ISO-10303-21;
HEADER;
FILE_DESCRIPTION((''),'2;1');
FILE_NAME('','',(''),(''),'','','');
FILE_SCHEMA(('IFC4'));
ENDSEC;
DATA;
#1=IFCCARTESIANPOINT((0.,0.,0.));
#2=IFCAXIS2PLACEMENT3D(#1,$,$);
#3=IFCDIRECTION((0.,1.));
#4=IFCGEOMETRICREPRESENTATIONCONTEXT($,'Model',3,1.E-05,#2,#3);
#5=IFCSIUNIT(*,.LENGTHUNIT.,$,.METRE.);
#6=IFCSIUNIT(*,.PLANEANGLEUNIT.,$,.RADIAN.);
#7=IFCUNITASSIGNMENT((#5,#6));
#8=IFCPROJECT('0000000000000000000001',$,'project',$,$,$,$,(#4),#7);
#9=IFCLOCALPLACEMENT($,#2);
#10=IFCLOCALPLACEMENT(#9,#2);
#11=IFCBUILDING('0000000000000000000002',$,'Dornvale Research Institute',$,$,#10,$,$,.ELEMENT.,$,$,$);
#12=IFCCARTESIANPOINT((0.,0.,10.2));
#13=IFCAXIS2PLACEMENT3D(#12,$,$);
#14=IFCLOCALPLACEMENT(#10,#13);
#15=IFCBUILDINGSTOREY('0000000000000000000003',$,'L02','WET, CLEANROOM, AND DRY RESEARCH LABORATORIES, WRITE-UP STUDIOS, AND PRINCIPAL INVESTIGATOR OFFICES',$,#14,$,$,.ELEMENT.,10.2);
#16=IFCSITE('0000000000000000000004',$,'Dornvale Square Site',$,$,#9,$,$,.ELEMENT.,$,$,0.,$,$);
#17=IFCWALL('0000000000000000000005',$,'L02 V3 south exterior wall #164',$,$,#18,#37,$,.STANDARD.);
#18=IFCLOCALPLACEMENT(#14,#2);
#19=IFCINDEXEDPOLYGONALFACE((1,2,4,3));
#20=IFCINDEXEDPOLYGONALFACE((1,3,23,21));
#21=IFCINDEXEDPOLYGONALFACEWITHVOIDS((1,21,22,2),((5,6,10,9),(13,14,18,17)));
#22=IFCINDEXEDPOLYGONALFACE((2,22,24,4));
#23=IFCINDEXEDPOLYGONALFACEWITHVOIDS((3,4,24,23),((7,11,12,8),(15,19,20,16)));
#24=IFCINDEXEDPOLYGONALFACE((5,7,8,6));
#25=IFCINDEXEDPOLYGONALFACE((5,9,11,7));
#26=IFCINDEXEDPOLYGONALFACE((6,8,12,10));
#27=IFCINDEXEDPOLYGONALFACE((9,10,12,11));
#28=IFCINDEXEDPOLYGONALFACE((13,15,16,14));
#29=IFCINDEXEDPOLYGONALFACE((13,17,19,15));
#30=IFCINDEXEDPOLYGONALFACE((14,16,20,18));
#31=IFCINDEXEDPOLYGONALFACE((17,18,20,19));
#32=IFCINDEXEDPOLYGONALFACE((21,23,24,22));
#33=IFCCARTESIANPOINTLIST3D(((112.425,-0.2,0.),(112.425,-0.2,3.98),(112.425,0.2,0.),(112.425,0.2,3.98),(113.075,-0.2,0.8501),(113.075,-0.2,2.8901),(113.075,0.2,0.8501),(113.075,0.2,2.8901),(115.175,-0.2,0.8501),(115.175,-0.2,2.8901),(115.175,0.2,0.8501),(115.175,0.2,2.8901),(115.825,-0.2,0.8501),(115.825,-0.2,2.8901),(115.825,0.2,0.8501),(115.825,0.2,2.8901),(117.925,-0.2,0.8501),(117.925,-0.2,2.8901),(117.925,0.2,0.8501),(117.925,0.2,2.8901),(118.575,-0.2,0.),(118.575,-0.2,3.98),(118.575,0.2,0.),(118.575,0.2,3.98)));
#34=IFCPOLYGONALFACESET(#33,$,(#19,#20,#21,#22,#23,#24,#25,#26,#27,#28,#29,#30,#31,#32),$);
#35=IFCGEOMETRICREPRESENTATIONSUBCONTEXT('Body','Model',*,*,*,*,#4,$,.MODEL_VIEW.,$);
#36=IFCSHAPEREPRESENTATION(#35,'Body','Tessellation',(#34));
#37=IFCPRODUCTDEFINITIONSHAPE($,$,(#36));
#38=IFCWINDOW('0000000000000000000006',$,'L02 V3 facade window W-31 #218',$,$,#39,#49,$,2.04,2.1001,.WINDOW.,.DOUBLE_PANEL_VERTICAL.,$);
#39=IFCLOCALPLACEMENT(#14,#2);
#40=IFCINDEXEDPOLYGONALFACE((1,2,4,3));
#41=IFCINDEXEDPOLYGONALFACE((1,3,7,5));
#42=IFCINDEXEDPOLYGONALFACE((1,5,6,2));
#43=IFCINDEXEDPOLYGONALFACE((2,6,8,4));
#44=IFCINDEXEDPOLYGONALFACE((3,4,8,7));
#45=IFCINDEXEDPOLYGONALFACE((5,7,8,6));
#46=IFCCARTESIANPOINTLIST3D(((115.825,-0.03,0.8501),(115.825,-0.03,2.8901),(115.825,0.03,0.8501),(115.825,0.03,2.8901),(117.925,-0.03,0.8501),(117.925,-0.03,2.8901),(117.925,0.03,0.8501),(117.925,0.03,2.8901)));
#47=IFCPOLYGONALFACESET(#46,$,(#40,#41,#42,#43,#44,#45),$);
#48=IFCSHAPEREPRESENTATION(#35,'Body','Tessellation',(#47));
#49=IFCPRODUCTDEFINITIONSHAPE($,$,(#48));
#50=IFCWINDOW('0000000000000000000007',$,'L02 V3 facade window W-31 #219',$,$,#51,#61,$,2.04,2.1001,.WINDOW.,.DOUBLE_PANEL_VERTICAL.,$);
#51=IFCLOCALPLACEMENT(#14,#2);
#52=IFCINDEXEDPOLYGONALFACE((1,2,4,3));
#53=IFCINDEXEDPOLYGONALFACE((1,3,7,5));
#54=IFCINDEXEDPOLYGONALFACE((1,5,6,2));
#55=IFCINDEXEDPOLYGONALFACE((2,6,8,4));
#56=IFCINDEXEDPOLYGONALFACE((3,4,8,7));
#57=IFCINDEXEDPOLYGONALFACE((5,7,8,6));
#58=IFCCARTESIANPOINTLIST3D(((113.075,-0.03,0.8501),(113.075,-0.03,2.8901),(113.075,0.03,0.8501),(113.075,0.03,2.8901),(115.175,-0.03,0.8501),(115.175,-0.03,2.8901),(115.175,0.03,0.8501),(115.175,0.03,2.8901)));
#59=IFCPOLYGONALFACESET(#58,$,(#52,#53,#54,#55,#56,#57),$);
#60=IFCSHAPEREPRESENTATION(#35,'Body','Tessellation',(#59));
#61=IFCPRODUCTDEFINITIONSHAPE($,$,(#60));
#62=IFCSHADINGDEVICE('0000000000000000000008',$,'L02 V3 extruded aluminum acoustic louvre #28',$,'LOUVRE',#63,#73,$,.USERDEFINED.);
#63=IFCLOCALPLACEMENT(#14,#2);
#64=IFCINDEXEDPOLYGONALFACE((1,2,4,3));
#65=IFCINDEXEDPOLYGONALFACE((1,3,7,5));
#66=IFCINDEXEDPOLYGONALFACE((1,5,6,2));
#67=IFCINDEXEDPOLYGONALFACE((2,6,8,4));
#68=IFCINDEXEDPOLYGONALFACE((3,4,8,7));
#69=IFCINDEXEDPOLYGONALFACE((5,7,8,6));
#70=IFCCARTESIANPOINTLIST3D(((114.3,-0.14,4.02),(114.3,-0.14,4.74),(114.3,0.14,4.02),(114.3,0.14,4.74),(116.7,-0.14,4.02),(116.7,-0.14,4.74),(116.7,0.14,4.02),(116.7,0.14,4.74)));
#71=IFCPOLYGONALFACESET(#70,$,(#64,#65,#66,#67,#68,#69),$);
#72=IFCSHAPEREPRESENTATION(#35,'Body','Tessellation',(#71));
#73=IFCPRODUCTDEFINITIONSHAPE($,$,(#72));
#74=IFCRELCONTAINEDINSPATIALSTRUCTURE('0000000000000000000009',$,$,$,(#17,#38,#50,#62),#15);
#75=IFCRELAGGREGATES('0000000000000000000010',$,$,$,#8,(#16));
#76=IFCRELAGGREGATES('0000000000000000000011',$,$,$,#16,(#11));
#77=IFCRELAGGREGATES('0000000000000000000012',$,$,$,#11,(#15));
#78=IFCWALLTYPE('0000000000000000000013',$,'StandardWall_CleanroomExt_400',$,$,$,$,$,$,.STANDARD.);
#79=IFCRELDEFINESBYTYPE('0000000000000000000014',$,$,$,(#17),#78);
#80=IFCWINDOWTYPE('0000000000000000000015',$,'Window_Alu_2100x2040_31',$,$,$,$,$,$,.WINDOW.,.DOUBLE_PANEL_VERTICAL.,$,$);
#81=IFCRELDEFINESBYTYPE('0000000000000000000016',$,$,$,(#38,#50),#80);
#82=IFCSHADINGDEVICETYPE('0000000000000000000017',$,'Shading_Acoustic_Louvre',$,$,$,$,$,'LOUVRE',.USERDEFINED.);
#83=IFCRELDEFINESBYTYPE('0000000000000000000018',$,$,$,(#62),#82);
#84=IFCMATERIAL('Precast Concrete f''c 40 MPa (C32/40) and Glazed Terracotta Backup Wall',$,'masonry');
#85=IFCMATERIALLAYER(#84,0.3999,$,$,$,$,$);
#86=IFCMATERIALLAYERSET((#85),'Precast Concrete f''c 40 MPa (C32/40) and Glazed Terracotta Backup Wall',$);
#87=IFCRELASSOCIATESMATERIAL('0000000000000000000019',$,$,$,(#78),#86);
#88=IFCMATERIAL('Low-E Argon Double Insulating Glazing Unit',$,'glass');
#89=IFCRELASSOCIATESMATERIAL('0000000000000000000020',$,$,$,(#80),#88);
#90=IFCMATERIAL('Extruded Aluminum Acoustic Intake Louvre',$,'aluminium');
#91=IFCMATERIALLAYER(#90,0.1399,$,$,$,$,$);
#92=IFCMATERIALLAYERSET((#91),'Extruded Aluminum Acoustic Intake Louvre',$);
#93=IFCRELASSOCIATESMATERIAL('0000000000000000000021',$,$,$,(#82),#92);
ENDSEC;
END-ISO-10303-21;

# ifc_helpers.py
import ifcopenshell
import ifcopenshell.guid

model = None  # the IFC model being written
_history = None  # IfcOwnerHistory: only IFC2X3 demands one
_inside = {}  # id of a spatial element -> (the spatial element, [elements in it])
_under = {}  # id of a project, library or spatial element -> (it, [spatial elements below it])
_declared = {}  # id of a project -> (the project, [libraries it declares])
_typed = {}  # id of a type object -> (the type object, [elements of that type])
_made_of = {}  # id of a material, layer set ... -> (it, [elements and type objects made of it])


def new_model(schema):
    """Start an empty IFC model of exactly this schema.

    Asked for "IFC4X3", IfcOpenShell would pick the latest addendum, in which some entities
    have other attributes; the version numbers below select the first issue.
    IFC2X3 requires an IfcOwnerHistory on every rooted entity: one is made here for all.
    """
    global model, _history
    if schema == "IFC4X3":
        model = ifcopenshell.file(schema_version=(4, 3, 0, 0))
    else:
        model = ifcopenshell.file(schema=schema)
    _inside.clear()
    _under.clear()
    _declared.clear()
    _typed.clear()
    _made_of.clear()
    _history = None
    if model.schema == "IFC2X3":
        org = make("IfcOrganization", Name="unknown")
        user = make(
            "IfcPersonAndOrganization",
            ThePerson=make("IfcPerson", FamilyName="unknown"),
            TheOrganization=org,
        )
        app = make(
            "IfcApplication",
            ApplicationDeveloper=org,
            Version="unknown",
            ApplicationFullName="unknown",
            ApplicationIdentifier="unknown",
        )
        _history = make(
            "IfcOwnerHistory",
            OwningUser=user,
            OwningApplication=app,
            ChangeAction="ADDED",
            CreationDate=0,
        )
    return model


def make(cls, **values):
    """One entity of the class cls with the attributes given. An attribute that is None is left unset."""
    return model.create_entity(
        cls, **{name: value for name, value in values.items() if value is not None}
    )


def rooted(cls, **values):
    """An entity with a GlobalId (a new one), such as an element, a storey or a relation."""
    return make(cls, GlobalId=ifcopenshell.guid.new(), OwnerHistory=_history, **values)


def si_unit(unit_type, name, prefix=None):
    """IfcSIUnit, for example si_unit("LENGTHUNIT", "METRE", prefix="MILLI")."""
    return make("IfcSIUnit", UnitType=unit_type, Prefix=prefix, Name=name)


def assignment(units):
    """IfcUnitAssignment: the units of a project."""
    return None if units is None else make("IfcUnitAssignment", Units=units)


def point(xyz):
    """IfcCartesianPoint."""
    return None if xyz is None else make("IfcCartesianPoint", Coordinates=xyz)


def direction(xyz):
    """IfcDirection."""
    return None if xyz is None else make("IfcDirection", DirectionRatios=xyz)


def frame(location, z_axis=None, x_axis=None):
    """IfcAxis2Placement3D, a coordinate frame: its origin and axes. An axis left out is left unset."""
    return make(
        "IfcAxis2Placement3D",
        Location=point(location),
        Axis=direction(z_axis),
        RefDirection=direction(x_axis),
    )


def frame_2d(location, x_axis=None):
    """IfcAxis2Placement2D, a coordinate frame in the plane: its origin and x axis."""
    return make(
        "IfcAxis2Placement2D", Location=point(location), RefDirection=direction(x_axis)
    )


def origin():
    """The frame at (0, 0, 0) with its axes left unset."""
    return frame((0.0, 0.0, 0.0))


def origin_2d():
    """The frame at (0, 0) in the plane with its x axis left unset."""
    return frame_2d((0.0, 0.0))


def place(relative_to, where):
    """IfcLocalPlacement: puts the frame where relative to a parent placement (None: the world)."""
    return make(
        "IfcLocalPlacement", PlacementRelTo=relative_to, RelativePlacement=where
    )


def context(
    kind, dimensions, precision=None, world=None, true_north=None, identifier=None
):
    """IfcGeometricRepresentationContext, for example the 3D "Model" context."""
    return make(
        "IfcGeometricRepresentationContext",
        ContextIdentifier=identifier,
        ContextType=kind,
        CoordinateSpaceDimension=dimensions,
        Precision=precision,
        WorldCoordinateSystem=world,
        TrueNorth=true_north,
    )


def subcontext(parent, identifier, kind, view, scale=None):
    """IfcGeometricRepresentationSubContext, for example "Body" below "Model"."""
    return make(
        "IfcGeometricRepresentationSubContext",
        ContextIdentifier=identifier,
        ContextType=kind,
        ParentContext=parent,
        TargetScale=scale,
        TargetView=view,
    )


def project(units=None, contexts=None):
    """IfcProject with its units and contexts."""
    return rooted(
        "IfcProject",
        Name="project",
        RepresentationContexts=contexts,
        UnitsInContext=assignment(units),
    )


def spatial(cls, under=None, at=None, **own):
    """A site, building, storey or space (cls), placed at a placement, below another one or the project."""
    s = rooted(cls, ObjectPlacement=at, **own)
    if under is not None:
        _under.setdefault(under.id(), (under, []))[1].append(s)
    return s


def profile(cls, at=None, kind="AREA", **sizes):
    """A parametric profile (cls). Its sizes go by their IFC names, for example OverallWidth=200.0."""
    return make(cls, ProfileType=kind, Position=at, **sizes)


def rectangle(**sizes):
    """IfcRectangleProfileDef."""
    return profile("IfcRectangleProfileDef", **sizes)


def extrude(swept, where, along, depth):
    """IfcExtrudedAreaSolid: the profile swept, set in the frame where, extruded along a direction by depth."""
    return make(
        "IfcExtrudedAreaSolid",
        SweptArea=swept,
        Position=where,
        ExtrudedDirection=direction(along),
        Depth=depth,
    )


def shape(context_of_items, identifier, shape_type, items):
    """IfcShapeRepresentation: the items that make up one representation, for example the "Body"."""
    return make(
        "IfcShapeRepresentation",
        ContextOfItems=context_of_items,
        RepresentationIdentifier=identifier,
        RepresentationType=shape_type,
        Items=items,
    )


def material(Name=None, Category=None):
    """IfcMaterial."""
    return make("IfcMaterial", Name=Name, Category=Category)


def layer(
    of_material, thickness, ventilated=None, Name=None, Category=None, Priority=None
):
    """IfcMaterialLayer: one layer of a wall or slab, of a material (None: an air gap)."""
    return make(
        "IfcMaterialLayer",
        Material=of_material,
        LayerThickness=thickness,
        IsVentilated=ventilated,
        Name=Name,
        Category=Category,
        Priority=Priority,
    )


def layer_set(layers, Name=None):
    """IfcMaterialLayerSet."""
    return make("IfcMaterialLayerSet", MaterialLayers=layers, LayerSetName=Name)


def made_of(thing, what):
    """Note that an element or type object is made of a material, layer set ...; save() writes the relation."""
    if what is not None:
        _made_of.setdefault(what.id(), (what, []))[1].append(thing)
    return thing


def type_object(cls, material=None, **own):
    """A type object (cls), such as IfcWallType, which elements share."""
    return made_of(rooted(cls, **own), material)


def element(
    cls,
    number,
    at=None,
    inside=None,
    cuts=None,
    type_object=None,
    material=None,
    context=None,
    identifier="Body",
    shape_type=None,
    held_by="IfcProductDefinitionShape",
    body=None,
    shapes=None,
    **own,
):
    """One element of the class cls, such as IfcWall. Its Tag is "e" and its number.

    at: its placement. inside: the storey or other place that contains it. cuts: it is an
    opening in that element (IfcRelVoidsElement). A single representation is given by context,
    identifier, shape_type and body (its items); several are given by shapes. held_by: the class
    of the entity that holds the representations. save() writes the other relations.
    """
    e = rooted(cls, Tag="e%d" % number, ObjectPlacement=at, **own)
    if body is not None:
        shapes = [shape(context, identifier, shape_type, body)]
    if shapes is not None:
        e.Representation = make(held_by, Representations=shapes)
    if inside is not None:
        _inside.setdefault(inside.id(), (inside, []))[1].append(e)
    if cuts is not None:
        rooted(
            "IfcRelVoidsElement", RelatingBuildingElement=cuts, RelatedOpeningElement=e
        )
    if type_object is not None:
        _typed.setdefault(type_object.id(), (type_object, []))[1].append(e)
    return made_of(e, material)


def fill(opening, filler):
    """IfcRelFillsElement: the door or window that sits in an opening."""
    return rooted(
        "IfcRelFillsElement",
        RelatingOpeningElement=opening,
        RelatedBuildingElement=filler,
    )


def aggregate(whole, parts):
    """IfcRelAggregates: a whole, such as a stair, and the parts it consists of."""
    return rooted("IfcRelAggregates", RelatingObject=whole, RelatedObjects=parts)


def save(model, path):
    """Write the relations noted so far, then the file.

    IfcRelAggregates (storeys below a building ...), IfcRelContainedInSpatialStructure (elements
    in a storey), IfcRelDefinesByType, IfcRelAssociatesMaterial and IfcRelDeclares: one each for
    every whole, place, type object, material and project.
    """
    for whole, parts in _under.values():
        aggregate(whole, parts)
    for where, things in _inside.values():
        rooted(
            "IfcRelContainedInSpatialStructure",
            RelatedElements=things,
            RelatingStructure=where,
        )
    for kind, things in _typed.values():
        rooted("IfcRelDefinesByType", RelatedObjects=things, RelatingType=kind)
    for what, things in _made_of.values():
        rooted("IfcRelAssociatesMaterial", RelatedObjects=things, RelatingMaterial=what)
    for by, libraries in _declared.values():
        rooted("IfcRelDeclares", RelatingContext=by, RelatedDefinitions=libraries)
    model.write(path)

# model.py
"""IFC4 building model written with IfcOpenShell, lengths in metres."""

from ifc_helpers import new_model, si_unit, direction, frame, frame_2d, origin, origin_2d, place, context, subcontext, project, spatial, rectangle, extrude, material, layer, layer_set, type_object, element, fill, save


model = new_model("IFC4")

# Units and contexts
model_context = context("Model", 3, precision=1e-05, world=origin(), true_north=direction((0.0, 1.0)))
body_context = subcontext(model_context, "Body", "Model", "MODEL_VIEW")
ifc_project = project(units=[si_unit("LENGTHUNIT", "METRE"), si_unit("PLANEANGLEUNIT", "RADIAN")], contexts=[model_context])

# Site, building, storey
site_placement = place(None, origin())
site = spatial("IfcSite", under=ifc_project, at=site_placement, Name="Dornvale Square Site", CompositionType="ELEMENT", RefElevation=0.0)
building_placement = place(site_placement, origin())
building = spatial("IfcBuilding", under=site, at=building_placement, Name="Dornvale Research Institute", CompositionType="ELEMENT")
storey_placement = place(building_placement, frame((0.0, 0.0, 10.2)))
storey = spatial("IfcBuildingStorey", under=building, at=storey_placement, Name="L02", Description="WET, CLEANROOM, AND DRY RESEARCH LABORATORIES, WRITE-UP STUDIOS, AND PRINCIPAL INVESTIGATOR OFFICES", CompositionType="ELEMENT", Elevation=10.2)

# Wall, openings, windows
ifc_material_1 = material(Name="Precast Concrete f'c 40 MPa (C32/40) and Glazed Terracotta Backup Wall", Category="masonry")
ifc_layer_1 = layer(ifc_material_1, 0.3999)
ifc_layer_set_1 = layer_set([ifc_layer_1], Name="Precast Concrete f'c 40 MPa (C32/40) and Glazed Terracotta Backup Wall")
wall_type = type_object("IfcWallType", Name="StandardWall_CleanroomExt_400", PredefinedType="STANDARD", material=ifc_layer_set_1)
wall_placement = place(storey_placement, frame((118.575, 0.0, 0.0), z_axis=(0.0, 0.0, 1.0), x_axis=(-1.0, 0.0, 0.0)))
wall = element("IfcWall", 1, at=wall_placement, inside=storey, type_object=wall_type, Name="L02 V3 south exterior wall #164", PredefinedType="STANDARD", context=body_context, shape_type="SweptSolid", body=[
    extrude(rectangle(XDim=6.1499, YDim=0.3999, at=frame_2d((3.075, 0.0))), origin(), (0.0, 0.0, 1.0), 3.98),
])
opening_1_placement = place(wall_placement, frame((0.6499, 0.0, 0.8501)))
opening_1 = element("IfcOpeningElement", 2, at=opening_1_placement, cuts=wall, PredefinedType="OPENING", context=body_context, shape_type="SweptSolid", body=[
    extrude(rectangle(XDim=2.1001, YDim=2.04, at=frame_2d((1.05, 1.02))), frame((0.0, 0.2148, 0.0), z_axis=(0.0, -1.0, 0.0), x_axis=(1.0, 0.0, 0.0)), (0.0, 0.0, 1.0), 0.4299),
])
opening_2_placement = place(wall_placement, frame((3.3999, 0.0, 0.8501)))
opening_2 = element("IfcOpeningElement", 3, at=opening_2_placement, cuts=wall, PredefinedType="OPENING", context=body_context, shape_type="SweptSolid", body=[
    extrude(rectangle(XDim=2.1001, YDim=2.04, at=frame_2d((1.05, 1.02))), frame((0.0, 0.2148, 0.0), z_axis=(0.0, -1.0, 0.0), x_axis=(1.0, 0.0, 0.0)), (0.0, 0.0, 1.0), 0.4299),
])
ifc_material_2 = material(Name="Low-E Argon Double Insulating Glazing Unit", Category="glass")
window_type = type_object("IfcWindowType", Name="Window_Alu_2100x2040_31", PartitioningType="DOUBLE_PANEL_VERTICAL", PredefinedType="WINDOW", material=ifc_material_2)
window_1_placement = place(opening_1_placement, origin())
window_1 = element("IfcWindow", 4, at=window_1_placement, inside=storey, type_object=window_type, Name="L02 V3 facade window W-31 #218", OverallHeight=2.04, OverallWidth=2.1001, PartitioningType="DOUBLE_PANEL_VERTICAL", PredefinedType="WINDOW", context=body_context, shape_type="SweptSolid", body=[
    extrude(rectangle(XDim=2.1001, YDim=2.04, at=frame_2d((1.05, 1.02))), frame((0.0, 0.03, 0.0), z_axis=(0.0, -1.0, 0.0), x_axis=(1.0, 0.0, 0.0)), (0.0, 0.0, 1.0), 0.0601),
])
fill(opening_1, window_1)
window_2_placement = place(opening_2_placement, origin())
window_2 = element("IfcWindow", 5, at=window_2_placement, inside=storey, type_object=window_type, Name="L02 V3 facade window W-31 #219", OverallHeight=2.04, OverallWidth=2.1001, PartitioningType="DOUBLE_PANEL_VERTICAL", PredefinedType="WINDOW", context=body_context, shape_type="SweptSolid", body=[
    extrude(rectangle(XDim=2.1001, YDim=2.04, at=frame_2d((1.05, 1.02))), frame((0.0, 0.03, 0.0), z_axis=(0.0, -1.0, 0.0), x_axis=(1.0, 0.0, 0.0)), (0.0, 0.0, 1.0), 0.0601),
])
fill(opening_2, window_2)

# Shading device
ifc_material_3 = material(Name="Extruded Aluminum Acoustic Intake Louvre", Category="aluminium")
ifc_layer_2 = layer(ifc_material_3, 0.1399)
ifc_layer_set_2 = layer_set([ifc_layer_2], Name="Extruded Aluminum Acoustic Intake Louvre")
shading_device_type = type_object("IfcShadingDeviceType", Name="Shading_Acoustic_Louvre", ElementType="LOUVRE", PredefinedType="USERDEFINED", material=ifc_layer_set_2)
shading_device_placement = place(storey_placement, frame((115.5, 0.0, 4.02), z_axis=(0.0, 0.0, 1.0), x_axis=(1.0, 0.0, 0.0)))
element("IfcShadingDevice", 6, at=shading_device_placement, inside=storey, type_object=shading_device_type, Name="L02 V3 extruded aluminum acoustic louvre #28", ObjectType="LOUVRE", PredefinedType="USERDEFINED", context=body_context, shape_type="SweptSolid", body=[
    extrude(rectangle(XDim=2.3999, YDim=0.28, at=origin_2d()), origin(), (0.0, 0.0, 1.0), 0.72),
])

save(model, "model.ifc")
